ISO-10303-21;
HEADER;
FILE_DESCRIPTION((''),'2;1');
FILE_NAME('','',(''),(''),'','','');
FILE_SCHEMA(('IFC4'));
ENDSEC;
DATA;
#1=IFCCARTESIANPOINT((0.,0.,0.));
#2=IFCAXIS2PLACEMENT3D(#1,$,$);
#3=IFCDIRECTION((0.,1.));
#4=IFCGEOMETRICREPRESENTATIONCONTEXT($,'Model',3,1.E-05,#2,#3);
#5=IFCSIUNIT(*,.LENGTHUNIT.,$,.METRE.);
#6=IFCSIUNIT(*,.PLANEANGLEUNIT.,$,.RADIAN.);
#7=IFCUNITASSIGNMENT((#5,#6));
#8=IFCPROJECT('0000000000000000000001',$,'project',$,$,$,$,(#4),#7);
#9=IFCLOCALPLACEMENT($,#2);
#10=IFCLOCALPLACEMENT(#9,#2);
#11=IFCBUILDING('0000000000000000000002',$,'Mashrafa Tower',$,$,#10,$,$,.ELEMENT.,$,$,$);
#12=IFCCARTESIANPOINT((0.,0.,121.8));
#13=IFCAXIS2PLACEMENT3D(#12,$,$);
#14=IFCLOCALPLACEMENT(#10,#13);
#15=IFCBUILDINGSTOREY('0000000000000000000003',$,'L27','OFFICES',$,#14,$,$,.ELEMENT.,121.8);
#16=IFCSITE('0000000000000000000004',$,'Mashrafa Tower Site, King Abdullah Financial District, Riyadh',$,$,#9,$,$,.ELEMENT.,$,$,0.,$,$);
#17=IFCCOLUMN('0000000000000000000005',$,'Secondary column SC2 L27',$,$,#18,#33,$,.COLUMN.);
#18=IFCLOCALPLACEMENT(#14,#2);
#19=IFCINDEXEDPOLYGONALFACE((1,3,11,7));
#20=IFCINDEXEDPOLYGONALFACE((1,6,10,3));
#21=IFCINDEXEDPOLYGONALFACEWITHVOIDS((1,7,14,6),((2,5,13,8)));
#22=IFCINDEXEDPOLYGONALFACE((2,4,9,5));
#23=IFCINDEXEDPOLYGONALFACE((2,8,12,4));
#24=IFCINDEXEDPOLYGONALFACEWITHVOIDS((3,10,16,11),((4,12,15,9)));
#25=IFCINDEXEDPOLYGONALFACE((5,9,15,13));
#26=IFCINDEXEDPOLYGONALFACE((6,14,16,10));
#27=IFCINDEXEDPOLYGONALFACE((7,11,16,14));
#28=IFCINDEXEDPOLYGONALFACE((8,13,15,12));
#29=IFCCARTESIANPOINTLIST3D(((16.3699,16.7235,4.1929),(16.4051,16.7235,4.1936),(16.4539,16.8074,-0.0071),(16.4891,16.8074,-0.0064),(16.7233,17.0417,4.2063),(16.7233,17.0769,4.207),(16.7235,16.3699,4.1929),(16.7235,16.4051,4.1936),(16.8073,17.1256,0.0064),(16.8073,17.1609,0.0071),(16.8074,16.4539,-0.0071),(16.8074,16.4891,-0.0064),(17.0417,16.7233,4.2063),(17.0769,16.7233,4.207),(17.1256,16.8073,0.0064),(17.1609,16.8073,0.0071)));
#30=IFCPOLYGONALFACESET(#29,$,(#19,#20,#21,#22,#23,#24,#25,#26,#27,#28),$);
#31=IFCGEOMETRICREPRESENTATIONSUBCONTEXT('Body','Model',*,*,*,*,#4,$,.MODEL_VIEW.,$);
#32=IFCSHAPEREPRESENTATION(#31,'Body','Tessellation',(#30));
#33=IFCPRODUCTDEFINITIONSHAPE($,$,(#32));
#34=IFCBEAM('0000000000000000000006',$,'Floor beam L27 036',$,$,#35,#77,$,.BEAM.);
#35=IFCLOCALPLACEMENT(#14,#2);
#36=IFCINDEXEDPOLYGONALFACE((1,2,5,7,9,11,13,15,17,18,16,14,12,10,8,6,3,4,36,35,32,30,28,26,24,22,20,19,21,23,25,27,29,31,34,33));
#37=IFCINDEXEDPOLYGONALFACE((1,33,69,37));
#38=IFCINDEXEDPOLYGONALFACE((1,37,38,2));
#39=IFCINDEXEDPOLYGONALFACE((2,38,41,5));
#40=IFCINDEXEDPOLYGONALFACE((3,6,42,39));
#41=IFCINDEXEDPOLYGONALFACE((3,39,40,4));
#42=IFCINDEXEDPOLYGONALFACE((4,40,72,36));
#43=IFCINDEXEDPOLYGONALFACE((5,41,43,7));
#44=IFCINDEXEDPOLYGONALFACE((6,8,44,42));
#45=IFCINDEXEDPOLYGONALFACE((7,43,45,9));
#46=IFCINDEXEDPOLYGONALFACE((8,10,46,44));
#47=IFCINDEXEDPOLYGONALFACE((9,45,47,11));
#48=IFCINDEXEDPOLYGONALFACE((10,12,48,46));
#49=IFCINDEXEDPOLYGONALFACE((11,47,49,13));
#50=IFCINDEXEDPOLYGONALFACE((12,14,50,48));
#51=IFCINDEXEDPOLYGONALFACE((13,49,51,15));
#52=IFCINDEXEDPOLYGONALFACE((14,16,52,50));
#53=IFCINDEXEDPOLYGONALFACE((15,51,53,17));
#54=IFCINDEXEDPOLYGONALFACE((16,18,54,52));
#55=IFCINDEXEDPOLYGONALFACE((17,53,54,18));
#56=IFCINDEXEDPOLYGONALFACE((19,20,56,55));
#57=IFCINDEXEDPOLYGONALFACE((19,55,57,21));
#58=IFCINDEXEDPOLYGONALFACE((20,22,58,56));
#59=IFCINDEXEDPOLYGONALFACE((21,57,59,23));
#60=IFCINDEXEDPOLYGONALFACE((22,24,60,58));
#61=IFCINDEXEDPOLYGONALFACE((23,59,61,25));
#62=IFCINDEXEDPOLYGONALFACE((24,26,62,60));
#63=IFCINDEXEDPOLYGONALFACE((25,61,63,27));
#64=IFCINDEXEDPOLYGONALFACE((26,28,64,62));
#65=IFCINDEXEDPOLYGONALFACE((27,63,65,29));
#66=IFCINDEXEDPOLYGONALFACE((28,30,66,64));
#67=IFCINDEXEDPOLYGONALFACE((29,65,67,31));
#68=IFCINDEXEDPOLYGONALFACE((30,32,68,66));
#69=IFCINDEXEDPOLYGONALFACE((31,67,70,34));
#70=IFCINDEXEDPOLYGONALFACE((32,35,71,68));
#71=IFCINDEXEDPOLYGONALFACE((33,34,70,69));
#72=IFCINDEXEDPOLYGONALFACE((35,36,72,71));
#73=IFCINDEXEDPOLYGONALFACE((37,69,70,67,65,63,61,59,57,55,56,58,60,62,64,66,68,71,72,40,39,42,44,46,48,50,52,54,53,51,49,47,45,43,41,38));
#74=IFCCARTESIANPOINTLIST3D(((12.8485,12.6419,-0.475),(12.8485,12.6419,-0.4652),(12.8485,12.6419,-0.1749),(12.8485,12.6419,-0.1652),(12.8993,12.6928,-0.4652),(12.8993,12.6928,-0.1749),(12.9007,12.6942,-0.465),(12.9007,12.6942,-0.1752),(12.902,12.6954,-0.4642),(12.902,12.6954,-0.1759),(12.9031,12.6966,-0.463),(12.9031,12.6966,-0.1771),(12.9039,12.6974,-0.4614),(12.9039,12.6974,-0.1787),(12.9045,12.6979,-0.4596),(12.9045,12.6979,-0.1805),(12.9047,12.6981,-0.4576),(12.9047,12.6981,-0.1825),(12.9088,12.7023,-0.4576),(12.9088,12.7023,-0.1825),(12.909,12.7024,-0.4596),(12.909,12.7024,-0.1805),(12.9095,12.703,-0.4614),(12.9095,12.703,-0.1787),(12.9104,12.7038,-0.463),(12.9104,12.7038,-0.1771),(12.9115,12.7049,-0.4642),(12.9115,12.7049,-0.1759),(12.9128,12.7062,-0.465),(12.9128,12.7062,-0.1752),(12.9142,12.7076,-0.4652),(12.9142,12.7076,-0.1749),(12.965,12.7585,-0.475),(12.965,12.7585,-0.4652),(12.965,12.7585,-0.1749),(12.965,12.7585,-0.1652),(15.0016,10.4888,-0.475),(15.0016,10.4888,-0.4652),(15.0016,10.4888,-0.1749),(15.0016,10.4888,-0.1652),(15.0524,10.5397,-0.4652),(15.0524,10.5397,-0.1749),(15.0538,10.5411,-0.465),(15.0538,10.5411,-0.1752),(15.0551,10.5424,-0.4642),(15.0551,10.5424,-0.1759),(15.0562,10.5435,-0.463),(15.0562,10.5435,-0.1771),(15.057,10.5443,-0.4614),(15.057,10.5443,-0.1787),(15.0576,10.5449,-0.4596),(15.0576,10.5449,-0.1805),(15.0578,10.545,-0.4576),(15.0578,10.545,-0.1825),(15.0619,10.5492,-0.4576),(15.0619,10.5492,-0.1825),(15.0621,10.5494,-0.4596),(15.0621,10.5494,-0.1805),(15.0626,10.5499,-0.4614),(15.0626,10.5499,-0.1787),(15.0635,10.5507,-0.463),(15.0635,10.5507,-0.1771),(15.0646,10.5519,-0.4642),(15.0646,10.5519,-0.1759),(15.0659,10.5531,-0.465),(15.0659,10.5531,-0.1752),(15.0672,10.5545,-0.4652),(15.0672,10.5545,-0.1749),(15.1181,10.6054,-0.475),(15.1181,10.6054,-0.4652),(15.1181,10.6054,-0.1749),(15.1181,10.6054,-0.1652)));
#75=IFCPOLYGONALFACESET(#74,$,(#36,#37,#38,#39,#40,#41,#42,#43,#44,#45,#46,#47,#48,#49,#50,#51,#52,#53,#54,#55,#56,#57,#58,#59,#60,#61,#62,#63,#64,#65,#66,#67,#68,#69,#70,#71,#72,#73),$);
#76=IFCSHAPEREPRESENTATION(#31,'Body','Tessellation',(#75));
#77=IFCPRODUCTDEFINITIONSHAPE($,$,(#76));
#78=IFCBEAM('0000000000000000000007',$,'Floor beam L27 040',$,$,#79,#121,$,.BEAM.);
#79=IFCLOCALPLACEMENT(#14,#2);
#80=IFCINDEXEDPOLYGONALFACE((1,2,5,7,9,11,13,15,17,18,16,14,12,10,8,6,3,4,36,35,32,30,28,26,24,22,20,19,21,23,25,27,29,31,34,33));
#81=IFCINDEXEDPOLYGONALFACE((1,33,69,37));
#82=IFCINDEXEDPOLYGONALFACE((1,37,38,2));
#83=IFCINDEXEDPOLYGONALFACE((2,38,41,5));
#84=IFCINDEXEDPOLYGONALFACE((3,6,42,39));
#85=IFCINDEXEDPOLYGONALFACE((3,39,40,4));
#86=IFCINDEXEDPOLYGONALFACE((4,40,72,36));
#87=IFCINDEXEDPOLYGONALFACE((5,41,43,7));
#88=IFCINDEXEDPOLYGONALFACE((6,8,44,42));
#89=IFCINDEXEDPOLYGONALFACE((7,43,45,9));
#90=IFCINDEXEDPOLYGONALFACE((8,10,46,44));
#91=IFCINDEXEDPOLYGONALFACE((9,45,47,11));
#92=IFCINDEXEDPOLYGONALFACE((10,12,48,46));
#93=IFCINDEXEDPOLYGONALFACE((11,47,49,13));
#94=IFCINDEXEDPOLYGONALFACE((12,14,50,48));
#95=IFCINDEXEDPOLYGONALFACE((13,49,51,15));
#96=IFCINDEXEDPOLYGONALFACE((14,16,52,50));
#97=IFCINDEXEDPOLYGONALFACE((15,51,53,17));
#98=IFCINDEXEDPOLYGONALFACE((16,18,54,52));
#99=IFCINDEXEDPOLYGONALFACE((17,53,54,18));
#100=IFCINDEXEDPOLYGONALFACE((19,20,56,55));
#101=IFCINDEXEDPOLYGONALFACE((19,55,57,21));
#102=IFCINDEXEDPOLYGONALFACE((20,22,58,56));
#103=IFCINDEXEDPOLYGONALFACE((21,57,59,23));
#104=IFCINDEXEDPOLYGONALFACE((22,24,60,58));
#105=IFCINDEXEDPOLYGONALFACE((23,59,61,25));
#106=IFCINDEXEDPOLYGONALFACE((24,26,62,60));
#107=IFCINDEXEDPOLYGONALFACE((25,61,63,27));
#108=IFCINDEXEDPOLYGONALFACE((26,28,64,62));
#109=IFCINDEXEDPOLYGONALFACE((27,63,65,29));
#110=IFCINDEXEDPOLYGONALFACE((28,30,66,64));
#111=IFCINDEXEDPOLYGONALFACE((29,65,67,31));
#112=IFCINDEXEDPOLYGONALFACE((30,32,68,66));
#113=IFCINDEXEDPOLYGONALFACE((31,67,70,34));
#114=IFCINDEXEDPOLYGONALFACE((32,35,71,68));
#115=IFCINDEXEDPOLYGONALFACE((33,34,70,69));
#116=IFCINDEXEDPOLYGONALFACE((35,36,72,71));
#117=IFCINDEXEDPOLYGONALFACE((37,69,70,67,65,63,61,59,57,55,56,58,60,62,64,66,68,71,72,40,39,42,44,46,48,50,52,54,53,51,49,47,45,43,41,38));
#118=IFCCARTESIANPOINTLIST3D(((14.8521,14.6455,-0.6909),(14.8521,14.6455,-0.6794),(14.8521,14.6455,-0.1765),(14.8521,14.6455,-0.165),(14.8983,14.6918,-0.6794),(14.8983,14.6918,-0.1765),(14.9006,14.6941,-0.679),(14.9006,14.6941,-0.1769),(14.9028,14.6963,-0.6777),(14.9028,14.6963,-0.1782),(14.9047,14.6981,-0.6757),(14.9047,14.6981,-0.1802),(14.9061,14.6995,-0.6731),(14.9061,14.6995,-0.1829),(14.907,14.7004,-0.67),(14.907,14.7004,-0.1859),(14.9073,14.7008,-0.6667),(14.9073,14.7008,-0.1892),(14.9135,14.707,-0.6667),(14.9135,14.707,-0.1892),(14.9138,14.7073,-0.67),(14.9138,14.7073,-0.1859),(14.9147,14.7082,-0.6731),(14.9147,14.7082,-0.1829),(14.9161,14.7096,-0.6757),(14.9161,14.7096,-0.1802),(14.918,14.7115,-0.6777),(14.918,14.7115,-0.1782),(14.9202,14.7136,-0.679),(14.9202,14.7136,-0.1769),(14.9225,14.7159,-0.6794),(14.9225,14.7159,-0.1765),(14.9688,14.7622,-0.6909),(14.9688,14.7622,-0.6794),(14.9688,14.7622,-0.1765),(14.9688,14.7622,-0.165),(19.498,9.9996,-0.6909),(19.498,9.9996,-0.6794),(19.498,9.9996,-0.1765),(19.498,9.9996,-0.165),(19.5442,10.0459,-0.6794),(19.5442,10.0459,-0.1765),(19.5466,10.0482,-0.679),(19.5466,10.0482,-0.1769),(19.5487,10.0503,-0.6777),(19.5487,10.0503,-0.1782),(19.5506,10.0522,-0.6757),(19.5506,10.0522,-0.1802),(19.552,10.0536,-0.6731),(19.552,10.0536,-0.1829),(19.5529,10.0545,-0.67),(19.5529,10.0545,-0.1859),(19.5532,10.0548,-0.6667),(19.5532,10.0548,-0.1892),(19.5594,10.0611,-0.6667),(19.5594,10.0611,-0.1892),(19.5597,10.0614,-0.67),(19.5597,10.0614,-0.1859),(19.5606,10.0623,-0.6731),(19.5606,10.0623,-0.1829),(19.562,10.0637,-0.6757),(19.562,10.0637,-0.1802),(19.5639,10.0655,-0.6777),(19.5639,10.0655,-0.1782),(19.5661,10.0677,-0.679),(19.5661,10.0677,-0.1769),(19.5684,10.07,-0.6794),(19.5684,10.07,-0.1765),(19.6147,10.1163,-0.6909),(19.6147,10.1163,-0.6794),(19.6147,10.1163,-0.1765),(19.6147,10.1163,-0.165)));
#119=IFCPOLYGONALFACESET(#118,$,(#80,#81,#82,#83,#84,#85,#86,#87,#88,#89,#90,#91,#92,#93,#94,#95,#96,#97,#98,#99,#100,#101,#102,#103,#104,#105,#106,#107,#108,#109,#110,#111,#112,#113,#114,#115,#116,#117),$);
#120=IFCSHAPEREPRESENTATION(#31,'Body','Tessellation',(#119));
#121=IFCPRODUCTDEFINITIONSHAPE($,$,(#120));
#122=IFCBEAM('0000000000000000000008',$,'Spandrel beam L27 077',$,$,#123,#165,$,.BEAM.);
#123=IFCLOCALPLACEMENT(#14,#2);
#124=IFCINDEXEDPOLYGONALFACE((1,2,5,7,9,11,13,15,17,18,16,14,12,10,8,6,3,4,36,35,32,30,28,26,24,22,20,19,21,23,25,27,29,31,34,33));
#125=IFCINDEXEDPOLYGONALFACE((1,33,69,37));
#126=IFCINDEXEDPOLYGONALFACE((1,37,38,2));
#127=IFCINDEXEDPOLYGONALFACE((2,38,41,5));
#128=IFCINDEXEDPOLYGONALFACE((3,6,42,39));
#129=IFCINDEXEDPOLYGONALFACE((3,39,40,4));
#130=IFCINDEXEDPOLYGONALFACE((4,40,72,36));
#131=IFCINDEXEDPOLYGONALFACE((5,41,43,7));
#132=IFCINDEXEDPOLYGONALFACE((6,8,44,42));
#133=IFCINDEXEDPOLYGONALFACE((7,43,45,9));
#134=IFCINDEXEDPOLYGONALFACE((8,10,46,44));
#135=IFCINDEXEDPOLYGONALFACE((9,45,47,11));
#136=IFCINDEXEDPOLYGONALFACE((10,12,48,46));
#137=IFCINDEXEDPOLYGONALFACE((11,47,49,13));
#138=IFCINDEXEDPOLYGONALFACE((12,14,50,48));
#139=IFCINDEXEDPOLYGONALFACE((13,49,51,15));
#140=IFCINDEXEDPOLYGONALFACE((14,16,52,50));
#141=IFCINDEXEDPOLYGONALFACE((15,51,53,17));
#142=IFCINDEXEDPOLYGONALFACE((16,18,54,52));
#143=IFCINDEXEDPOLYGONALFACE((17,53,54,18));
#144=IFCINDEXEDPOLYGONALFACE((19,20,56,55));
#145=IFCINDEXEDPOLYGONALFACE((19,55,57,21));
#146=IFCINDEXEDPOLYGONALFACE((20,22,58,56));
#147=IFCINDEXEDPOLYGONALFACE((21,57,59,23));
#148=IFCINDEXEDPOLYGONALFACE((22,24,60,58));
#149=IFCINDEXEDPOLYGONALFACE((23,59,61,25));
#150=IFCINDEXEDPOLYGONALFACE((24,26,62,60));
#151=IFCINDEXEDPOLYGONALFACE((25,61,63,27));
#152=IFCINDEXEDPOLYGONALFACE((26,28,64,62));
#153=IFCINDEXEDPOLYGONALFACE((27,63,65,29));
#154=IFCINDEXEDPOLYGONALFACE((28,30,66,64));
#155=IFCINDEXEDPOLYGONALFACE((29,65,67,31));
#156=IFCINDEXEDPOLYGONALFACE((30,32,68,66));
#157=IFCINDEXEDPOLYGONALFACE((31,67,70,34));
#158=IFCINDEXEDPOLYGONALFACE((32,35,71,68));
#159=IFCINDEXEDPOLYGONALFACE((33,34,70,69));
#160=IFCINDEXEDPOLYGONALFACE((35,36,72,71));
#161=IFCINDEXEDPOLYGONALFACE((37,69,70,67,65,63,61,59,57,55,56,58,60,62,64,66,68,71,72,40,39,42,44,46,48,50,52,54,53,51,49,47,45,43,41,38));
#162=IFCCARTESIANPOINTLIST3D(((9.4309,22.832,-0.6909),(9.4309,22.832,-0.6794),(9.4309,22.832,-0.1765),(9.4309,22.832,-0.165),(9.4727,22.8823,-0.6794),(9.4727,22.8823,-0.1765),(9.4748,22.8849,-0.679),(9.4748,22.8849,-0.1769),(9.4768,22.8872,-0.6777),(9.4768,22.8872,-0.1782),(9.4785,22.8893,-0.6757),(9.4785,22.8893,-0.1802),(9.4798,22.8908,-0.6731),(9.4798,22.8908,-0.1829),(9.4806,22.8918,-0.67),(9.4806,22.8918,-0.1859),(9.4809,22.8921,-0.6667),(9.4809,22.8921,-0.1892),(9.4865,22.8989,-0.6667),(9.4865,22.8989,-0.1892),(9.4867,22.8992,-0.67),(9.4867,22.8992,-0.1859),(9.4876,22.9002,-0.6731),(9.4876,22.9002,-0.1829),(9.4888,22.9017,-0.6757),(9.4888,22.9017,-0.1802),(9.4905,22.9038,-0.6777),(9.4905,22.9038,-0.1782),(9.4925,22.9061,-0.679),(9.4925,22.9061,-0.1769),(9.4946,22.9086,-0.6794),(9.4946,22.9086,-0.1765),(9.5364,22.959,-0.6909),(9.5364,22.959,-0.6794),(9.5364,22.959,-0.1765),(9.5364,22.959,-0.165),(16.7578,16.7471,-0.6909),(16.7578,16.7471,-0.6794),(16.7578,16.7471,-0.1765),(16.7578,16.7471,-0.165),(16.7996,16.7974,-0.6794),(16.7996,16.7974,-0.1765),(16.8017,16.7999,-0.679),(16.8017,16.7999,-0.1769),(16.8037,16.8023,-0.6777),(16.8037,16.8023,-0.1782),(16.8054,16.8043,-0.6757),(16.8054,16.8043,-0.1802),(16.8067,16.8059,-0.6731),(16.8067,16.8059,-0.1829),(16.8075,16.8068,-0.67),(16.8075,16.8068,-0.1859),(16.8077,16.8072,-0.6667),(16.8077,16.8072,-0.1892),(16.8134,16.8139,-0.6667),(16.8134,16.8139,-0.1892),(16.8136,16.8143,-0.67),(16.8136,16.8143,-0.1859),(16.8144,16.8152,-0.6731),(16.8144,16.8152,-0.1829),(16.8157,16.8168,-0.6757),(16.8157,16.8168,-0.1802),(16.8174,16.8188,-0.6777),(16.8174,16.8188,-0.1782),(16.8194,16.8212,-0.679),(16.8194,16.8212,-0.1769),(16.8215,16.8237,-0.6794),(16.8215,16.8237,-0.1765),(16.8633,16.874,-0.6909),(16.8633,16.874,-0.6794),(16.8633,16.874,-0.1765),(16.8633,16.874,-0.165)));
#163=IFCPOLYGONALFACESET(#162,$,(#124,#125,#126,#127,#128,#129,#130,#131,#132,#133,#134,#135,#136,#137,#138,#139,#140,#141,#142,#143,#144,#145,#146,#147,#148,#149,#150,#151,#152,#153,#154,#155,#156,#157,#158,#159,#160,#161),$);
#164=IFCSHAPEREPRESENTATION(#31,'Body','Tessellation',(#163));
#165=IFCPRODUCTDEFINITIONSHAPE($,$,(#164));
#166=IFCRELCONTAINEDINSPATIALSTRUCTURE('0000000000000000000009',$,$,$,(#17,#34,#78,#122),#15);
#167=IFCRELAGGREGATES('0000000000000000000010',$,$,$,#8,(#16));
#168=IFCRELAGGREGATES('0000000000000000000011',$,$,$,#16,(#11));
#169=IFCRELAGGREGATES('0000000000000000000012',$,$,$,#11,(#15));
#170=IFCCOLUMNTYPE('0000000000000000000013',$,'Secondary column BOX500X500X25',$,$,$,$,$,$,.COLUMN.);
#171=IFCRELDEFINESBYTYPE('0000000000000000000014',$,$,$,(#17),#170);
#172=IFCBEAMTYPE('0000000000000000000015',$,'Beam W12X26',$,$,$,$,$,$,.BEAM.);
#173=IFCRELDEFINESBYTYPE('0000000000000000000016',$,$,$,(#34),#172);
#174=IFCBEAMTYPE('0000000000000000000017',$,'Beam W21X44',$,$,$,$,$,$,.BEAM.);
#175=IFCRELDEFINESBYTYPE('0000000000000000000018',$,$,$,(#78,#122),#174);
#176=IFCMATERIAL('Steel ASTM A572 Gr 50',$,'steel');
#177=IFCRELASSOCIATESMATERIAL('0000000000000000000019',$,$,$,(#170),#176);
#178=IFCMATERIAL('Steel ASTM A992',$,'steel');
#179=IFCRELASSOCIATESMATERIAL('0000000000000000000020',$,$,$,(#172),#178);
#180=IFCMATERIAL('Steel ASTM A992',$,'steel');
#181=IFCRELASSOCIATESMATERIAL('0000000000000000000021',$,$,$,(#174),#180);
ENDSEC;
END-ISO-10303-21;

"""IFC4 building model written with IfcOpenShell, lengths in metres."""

from ifc_helpers import new_model, si_unit, direction, frame, origin, origin_2d, place, context, subcontext, project, spatial, hollow_rectangle, i_section, extrude, material, material_profile, profile_set, type_object, element, save


model = new_model("IFC4")

# Units and contexts
model_context = context("Model", 3, precision=1e-05, world=origin(), true_north=direction((0.0, 1.0)))
body_context = subcontext(model_context, "Body", "Model", "MODEL_VIEW")
ifc_project = project(units=[si_unit("LENGTHUNIT", "METRE"), si_unit("PLANEANGLEUNIT", "RADIAN")], contexts=[model_context])

# Site, building, storey
site_placement = place(None, origin())
site = spatial("IfcSite", under=ifc_project, at=site_placement, Name="Mashrafa Tower Site, King Abdullah Financial District, Riyadh", CompositionType="ELEMENT", RefElevation=0.0)
building_placement = place(site_placement, origin())
building = spatial("IfcBuilding", under=site, at=building_placement, Name="Mashrafa Tower", CompositionType="ELEMENT")
storey_placement = place(building_placement, frame((0.0, 0.0, 121.8)))
storey = spatial("IfcBuildingStorey", under=building, at=storey_placement, Name="L27", Description="OFFICES", CompositionType="ELEMENT", Elevation=121.8)

# Column
ifc_material_1 = material(Name="Steel ASTM A572 Gr 50", Category="steel")
ifc_material_profile_1 = material_profile(ifc_material_1, hollow_rectangle(XDim=0.5, YDim=0.5, WallThickness=0.0249, at=origin_2d()), Name="BOX500X500X25")
ifc_profile_set_1 = profile_set([ifc_material_profile_1], Name="Steel ASTM A572 Gr 50")
column_type = type_object("IfcColumnType", Name="Secondary column BOX500X500X25", PredefinedType="COLUMN", material=ifc_profile_set_1)
column_placement = place(storey_placement, frame((16.8074, 16.8074, 0.0), z_axis=(-0.019989, -0.019989, 0.9996), x_axis=(0.707107, -0.707107, 0.0)))
element("IfcColumn", 1, at=column_placement, inside=storey, type_object=column_type, Name="Secondary column SC2 L27", PredefinedType="COLUMN", context=body_context, shape_type="SweptSolid", body=[
    extrude(hollow_rectangle(XDim=0.5, YDim=0.5, WallThickness=0.0249, at=origin_2d()), origin(), (0.0, 0.0, 1.0), 4.2017),
])

# Beams
ifc_material_2 = material(Name="Steel ASTM A992", Category="steel")
ifc_material_profile_2 = material_profile(ifc_material_2, i_section(OverallWidth=0.1648, OverallDepth=0.3098, WebThickness=0.0059, FlangeThickness=0.0098, FilletRadius=0.0076, at=origin_2d()), Name="W12X26")
ifc_profile_set_2 = profile_set([ifc_material_profile_2], Name="Steel ASTM A992")
beam_type_1 = type_object("IfcBeamType", Name="Beam W12X26", PredefinedType="BEAM", material=ifc_profile_set_2)
beam_1_placement = place(storey_placement, frame((12.9067, 12.7002, -0.3201), z_axis=(0.707107, -0.707107, 0.0), x_axis=(0.707107, 0.707107, 0.0)))
element("IfcBeam", 2, at=beam_1_placement, inside=storey, type_object=beam_type_1, Name="Floor beam L27 036", PredefinedType="BEAM", context=body_context, shape_type="SweptSolid", body=[
    extrude(i_section(OverallWidth=0.1648, OverallDepth=0.3098, WebThickness=0.0059, FlangeThickness=0.0098, FilletRadius=0.0076, at=origin_2d()), origin(), (0.0, 0.0, 1.0), 3.0449),
])
ifc_material_3 = material(Name="Steel ASTM A992", Category="steel")
ifc_material_profile_3 = material_profile(ifc_material_3, i_section(OverallWidth=0.165, OverallDepth=0.5259, WebThickness=0.0088, FlangeThickness=0.0115, FilletRadius=0.0127, at=origin_2d()), Name="W21X44")
ifc_profile_set_3 = profile_set([ifc_material_profile_3], Name="Steel ASTM A992")
beam_type_2 = type_object("IfcBeamType", Name="Beam W21X44", PredefinedType="BEAM", material=ifc_profile_set_3)
beam_2_placement = place(storey_placement, frame((14.9104, 14.7039, -0.428), z_axis=(0.707107, -0.707107, 0.0), x_axis=(0.707107, 0.707107, 0.0)))
element("IfcBeam", 3, at=beam_2_placement, inside=storey, type_object=beam_type_2, Name="Floor beam L27 040", PredefinedType="BEAM", context=body_context, shape_type="SweptSolid", body=[
    extrude(i_section(OverallWidth=0.165, OverallDepth=0.5259, WebThickness=0.0088, FlangeThickness=0.0115, FilletRadius=0.0127, at=origin_2d()), origin(), (0.0, 0.0, 1.0), 6.5703),
])
beam_3_placement = place(storey_placement, frame((16.8105, 16.8105, -0.428), z_axis=(-0.769294, 0.638895, 0.0), x_axis=(-0.638895, -0.769294, 0.0)))
element("IfcBeam", 4, at=beam_3_placement, inside=storey, type_object=beam_type_2, Name="Spandrel beam L27 077", PredefinedType="BEAM", context=body_context, shape_type="SweptSolid", body=[
    extrude(i_section(OverallWidth=0.165, OverallDepth=0.5259, WebThickness=0.0088, FlangeThickness=0.0115, FilletRadius=0.0127, at=origin_2d()), origin(), (0.0, 0.0, 1.0), 9.5242),
])

save(model, "model.ifc")
